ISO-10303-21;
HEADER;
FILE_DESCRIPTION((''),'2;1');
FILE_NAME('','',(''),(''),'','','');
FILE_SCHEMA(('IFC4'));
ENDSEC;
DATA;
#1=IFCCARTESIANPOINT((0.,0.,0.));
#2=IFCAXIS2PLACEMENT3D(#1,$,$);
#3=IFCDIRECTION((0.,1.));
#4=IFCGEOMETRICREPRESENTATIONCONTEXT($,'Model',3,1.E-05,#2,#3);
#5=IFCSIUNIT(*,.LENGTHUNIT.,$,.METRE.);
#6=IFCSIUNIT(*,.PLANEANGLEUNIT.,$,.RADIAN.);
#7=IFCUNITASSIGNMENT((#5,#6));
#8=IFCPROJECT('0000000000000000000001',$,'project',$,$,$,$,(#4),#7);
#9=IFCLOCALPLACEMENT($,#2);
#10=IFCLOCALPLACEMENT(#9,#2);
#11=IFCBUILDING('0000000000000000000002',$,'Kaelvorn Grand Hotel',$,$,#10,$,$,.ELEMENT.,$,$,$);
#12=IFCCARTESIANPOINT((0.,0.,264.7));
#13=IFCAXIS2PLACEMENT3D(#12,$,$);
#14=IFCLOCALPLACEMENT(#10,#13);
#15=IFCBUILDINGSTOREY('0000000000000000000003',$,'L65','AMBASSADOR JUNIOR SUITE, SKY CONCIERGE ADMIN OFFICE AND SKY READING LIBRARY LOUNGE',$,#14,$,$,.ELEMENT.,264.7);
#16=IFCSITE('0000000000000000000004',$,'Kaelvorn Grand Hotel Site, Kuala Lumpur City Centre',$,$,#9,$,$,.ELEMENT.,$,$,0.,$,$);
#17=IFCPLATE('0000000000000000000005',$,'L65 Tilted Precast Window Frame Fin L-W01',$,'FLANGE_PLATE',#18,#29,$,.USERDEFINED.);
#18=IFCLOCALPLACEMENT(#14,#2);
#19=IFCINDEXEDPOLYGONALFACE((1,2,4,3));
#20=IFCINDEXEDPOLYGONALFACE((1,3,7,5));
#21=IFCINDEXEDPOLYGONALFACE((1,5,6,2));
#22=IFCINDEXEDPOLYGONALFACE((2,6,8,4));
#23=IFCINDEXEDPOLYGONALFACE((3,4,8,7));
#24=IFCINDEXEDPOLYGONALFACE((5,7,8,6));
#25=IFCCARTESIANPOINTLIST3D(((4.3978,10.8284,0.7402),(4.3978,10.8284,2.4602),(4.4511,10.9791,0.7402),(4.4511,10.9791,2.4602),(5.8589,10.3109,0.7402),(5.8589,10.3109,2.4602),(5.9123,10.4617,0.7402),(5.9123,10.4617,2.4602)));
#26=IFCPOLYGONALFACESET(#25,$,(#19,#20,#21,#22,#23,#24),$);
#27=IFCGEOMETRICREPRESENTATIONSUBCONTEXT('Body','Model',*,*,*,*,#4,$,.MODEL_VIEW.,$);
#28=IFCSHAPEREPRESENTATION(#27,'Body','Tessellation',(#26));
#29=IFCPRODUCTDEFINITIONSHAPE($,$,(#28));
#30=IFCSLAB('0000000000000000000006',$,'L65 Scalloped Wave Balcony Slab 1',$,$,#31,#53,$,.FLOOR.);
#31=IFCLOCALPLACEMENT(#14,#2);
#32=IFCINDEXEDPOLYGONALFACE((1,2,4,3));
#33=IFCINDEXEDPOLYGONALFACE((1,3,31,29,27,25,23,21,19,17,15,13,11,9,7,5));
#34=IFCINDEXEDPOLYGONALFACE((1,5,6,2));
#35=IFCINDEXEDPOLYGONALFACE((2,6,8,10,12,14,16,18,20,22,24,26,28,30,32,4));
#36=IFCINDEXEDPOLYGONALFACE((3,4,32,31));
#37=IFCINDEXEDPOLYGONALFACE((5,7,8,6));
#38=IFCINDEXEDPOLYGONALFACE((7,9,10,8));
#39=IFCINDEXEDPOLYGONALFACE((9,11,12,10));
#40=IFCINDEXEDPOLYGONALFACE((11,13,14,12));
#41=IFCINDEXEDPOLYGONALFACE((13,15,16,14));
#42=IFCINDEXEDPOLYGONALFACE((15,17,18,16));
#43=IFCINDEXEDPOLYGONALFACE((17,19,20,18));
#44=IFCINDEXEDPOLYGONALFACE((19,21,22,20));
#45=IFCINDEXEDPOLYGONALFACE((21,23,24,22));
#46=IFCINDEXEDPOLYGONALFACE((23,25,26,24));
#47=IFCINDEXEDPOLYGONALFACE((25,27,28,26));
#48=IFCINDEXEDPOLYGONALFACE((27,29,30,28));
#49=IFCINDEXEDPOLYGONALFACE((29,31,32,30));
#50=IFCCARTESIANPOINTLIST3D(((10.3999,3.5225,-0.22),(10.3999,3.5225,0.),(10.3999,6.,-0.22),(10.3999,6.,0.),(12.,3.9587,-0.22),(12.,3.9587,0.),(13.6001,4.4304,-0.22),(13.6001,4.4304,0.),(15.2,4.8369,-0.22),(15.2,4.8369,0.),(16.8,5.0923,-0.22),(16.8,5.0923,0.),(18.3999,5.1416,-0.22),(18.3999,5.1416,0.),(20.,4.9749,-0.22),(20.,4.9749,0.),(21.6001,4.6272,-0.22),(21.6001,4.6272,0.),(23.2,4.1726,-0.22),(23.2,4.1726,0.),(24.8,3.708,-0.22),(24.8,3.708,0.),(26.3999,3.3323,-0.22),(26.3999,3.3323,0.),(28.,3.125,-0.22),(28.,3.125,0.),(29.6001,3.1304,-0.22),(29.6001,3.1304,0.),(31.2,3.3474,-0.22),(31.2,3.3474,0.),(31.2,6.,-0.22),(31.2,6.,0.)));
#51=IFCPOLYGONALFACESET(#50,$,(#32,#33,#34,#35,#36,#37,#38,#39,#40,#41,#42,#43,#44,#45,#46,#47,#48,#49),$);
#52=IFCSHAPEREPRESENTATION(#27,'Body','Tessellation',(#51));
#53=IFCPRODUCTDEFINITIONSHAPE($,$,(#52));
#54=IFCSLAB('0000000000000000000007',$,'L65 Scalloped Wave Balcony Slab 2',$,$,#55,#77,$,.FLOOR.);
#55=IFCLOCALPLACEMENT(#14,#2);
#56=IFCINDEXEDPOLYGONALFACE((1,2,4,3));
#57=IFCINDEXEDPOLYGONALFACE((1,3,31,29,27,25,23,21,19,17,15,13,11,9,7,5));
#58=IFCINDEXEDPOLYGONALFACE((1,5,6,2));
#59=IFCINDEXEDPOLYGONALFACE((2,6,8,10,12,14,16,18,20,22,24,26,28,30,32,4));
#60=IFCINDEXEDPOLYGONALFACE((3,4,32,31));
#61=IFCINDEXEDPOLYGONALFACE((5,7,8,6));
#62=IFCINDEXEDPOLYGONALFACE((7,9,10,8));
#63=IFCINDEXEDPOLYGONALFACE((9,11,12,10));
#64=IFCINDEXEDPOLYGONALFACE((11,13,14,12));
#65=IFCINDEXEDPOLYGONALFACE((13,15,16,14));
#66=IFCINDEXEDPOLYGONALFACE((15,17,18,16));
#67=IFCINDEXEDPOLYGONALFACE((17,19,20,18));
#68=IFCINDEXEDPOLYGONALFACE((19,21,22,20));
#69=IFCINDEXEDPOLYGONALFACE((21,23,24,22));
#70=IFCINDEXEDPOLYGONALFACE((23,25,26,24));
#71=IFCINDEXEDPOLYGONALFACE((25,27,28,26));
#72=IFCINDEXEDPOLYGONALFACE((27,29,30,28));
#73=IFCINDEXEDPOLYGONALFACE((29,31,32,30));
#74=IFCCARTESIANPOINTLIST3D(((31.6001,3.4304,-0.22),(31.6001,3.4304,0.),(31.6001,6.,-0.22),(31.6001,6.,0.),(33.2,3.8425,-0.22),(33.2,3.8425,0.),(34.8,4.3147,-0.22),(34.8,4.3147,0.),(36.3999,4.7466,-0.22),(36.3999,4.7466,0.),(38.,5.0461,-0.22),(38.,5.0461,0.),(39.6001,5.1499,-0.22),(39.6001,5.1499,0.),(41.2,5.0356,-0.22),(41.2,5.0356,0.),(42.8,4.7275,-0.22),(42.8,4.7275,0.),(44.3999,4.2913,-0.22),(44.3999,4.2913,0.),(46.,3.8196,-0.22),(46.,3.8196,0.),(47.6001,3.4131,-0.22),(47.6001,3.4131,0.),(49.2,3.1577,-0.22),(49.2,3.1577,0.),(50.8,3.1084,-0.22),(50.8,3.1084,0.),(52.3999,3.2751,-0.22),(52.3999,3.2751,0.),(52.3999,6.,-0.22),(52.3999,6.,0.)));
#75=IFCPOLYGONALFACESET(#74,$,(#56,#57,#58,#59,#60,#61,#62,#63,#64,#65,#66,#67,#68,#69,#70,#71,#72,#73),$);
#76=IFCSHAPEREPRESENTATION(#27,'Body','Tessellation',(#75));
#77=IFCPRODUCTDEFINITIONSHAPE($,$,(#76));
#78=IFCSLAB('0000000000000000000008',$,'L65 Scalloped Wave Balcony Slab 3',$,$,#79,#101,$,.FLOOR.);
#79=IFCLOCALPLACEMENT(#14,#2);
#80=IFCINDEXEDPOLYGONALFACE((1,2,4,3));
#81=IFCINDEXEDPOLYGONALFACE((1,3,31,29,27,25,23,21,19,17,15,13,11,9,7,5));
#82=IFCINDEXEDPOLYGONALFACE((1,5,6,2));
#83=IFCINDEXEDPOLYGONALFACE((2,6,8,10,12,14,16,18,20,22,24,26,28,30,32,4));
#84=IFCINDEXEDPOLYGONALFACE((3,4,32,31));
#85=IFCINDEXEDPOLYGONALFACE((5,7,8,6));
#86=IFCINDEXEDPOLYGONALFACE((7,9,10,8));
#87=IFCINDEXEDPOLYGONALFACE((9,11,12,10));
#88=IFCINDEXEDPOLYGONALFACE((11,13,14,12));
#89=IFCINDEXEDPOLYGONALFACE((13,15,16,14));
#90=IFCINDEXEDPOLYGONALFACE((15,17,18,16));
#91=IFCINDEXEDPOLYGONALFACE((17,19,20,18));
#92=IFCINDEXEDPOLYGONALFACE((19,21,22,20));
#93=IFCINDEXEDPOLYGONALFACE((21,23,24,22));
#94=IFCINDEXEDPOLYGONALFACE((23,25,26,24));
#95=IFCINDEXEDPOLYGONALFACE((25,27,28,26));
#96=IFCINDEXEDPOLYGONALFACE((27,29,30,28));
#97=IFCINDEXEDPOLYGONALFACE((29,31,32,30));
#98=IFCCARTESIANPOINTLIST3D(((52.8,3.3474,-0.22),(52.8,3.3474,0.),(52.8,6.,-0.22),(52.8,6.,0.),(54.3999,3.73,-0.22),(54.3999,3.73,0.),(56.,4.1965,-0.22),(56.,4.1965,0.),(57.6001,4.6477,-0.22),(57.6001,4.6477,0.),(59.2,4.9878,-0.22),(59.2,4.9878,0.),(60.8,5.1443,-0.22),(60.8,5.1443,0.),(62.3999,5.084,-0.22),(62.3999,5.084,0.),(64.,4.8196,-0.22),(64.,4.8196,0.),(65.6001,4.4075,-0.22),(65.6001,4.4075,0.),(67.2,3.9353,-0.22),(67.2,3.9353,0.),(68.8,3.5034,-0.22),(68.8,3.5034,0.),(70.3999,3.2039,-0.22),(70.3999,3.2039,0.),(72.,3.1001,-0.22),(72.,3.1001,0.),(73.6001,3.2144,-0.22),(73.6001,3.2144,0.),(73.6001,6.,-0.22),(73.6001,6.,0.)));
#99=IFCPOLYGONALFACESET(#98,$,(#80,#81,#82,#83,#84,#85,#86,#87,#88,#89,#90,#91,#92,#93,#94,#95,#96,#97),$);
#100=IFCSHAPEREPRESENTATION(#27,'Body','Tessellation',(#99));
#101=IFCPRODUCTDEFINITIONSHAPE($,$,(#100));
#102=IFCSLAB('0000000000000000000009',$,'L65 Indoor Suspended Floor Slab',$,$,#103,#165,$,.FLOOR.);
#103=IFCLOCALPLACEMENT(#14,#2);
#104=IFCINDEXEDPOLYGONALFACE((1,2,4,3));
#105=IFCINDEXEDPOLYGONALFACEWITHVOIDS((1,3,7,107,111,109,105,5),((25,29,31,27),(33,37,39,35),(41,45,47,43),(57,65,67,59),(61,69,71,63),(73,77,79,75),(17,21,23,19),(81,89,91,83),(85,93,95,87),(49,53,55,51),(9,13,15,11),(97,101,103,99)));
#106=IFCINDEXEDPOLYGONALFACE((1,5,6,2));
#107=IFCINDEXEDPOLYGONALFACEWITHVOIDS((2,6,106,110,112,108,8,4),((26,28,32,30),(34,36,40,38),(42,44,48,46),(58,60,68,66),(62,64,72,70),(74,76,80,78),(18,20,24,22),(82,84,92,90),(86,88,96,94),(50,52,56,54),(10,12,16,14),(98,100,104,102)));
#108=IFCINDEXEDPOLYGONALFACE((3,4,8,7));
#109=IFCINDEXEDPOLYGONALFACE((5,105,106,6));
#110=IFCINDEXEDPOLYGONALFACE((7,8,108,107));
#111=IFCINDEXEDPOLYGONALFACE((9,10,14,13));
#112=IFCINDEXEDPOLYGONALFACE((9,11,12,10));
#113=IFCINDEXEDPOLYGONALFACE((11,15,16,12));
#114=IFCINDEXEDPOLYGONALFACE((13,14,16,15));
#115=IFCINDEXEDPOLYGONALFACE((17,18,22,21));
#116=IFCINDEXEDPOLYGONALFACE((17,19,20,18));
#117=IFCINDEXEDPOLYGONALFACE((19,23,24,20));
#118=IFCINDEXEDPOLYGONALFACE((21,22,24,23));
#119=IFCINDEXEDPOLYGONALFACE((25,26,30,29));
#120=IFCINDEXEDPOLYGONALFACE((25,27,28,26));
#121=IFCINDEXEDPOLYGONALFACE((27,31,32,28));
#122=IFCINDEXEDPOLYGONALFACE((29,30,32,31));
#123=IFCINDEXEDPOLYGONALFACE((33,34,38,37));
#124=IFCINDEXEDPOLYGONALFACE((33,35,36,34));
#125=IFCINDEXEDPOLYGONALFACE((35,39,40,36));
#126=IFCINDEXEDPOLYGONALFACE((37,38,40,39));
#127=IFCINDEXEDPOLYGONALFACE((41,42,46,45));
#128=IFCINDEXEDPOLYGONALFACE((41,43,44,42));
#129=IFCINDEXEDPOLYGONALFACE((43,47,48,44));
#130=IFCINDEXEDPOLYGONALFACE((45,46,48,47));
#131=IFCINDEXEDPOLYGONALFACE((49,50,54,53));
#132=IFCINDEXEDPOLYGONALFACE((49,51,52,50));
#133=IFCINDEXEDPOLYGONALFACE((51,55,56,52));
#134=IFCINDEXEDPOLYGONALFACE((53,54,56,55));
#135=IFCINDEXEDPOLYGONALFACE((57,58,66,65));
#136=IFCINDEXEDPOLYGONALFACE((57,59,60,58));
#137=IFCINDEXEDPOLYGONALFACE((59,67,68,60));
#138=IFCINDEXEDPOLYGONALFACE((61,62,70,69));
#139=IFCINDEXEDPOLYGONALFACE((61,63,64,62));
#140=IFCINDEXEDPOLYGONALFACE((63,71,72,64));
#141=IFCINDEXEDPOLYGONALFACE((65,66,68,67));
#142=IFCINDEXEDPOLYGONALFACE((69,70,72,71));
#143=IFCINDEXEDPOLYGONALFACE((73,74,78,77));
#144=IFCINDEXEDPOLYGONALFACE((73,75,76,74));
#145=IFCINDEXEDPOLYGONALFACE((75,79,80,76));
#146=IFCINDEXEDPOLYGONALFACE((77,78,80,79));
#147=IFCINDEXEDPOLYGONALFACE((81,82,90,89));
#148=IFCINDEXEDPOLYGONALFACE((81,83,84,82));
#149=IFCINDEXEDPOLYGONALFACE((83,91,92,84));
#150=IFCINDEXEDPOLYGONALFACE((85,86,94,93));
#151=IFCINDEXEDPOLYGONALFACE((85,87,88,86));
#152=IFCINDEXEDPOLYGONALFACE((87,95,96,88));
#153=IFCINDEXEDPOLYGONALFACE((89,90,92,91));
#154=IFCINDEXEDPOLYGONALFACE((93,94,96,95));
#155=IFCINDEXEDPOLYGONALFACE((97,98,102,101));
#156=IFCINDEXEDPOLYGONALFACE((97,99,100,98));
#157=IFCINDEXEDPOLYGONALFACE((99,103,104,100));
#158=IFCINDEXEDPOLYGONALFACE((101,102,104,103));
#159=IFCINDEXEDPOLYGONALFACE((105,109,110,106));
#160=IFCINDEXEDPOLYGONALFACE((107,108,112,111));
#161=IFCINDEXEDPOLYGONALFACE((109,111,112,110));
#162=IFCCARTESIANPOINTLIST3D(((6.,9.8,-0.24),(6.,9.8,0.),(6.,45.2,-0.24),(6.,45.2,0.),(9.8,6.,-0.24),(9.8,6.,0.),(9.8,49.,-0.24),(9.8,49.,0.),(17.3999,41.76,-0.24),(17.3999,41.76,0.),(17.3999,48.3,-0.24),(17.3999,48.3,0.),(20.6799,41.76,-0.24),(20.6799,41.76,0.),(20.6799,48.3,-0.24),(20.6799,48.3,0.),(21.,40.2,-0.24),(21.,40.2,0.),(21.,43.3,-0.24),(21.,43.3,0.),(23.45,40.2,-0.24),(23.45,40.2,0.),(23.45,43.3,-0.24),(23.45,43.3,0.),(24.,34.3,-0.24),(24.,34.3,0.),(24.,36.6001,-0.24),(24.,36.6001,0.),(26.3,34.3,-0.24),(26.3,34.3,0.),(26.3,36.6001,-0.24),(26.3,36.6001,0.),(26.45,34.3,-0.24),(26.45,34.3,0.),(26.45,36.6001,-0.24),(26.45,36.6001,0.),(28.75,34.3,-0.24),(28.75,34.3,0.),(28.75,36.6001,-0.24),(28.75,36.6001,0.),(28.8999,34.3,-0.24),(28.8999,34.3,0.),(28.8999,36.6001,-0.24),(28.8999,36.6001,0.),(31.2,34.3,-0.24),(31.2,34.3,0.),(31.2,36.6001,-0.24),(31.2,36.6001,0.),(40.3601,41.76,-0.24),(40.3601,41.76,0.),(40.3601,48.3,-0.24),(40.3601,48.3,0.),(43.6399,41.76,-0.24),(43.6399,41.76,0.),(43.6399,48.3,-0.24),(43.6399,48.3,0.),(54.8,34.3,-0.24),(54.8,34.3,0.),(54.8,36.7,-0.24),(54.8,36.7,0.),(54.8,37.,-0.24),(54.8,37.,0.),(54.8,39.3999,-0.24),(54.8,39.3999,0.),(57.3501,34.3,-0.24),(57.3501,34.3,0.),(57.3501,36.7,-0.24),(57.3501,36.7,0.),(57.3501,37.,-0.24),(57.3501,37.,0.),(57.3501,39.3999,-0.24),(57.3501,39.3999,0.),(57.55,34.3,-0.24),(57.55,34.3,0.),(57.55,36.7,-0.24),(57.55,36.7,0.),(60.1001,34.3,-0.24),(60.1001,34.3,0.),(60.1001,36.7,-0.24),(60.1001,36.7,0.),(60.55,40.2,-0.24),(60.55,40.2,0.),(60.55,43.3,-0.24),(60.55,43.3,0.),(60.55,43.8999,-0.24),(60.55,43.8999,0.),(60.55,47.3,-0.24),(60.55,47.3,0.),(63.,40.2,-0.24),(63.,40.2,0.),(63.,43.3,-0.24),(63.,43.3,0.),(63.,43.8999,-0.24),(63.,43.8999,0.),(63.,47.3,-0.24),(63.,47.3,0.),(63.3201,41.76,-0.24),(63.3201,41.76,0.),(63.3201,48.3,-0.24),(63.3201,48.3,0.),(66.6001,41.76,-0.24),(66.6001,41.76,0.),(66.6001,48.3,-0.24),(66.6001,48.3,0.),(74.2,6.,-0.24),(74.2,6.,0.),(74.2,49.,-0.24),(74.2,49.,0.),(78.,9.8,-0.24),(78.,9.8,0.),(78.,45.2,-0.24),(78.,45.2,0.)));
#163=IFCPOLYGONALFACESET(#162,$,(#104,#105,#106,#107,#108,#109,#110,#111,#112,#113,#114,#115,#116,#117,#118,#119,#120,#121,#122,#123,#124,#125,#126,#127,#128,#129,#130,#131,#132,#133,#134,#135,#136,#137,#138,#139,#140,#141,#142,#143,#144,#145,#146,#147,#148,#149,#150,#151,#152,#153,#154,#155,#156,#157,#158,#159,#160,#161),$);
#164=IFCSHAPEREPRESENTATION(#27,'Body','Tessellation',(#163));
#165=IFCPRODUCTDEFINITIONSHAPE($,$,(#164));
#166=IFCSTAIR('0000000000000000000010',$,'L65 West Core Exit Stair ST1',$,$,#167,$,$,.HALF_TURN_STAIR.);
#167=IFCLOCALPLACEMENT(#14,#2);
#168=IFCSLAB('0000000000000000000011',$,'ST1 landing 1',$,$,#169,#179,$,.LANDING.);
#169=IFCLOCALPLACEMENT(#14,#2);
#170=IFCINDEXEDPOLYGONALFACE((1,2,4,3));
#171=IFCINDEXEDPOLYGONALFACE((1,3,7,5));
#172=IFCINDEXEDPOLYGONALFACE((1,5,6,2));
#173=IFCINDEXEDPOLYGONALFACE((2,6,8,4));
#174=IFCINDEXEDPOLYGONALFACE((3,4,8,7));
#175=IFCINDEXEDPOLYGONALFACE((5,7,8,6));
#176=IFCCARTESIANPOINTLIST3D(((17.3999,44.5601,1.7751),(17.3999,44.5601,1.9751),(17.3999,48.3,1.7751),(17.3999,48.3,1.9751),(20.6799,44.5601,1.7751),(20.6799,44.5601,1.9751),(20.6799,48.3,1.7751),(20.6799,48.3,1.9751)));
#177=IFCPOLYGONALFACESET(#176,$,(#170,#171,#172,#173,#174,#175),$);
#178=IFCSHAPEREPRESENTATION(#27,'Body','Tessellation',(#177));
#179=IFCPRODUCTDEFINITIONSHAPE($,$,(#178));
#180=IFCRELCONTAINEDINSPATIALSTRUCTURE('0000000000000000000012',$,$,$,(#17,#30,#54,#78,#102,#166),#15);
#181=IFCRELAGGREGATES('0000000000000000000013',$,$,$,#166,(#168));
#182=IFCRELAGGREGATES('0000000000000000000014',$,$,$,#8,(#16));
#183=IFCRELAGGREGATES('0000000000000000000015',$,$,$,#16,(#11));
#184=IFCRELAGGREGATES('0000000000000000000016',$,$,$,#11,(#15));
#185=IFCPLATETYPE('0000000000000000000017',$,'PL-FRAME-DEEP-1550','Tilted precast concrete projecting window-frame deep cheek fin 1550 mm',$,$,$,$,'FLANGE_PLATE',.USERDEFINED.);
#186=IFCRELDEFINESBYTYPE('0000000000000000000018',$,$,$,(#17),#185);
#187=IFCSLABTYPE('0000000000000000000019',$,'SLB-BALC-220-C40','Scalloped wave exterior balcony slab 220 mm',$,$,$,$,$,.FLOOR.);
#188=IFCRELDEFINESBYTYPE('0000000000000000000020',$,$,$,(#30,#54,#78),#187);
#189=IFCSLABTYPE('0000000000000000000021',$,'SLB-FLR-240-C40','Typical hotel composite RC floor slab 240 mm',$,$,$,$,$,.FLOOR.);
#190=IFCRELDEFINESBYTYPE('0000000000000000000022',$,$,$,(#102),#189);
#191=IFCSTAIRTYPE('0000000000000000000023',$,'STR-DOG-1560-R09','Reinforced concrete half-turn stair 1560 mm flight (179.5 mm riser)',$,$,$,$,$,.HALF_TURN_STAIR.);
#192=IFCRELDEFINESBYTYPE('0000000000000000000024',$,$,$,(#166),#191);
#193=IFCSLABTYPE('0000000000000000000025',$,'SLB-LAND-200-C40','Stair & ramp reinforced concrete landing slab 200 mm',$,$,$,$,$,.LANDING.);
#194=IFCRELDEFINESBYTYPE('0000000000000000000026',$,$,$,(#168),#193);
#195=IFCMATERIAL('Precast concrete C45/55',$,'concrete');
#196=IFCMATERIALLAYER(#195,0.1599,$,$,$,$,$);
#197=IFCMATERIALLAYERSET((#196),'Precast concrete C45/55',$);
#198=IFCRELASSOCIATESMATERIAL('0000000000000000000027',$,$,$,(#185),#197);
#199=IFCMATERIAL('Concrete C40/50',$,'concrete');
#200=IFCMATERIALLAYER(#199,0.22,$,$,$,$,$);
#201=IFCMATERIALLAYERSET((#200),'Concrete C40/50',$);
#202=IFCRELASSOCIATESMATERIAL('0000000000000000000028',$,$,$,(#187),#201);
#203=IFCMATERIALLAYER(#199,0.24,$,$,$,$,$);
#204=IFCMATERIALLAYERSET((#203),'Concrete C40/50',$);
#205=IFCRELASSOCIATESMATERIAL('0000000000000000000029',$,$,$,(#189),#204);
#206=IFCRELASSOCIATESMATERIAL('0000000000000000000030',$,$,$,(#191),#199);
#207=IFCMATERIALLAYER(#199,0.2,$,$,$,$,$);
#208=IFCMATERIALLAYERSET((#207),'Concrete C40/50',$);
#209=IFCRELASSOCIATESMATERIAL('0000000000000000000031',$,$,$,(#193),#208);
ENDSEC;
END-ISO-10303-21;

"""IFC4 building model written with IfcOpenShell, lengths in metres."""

from ifc_helpers import new_model, si_unit, direction, frame, origin, origin_2d, place, context, subcontext, project, spatial, polyline, rectangle, outline, extrude, material, layer, layer_set, type_object, element, aggregate, save


model = new_model("IFC4")

# Units and contexts
model_context = context("Model", 3, precision=1e-05, world=origin(), true_north=direction((0.0, 1.0)))
body_context = subcontext(model_context, "Body", "Model", "MODEL_VIEW")
ifc_project = project(units=[si_unit("LENGTHUNIT", "METRE"), si_unit("PLANEANGLEUNIT", "RADIAN")], contexts=[model_context])

# Site, building, storey
site_placement = place(None, origin())
site = spatial("IfcSite", under=ifc_project, at=site_placement, Name="Kaelvorn Grand Hotel Site, Kuala Lumpur City Centre", CompositionType="ELEMENT", RefElevation=0.0)
building_placement = place(site_placement, origin())
building = spatial("IfcBuilding", under=site, at=building_placement, Name="Kaelvorn Grand Hotel", CompositionType="ELEMENT")
storey_placement = place(building_placement, frame((0.0, 0.0, 264.7)))
storey = spatial("IfcBuildingStorey", under=building, at=storey_placement, Name="L65", Description="AMBASSADOR JUNIOR SUITE, SKY CONCIERGE ADMIN OFFICE AND SKY READING LIBRARY LOUNGE", CompositionType="ELEMENT", Elevation=264.7)

# Plate
ifc_material_1 = material(Name="Precast concrete C45/55", Category="concrete")
ifc_layer_1 = layer(ifc_material_1, 0.1599)
ifc_layer_set_1 = layer_set([ifc_layer_1], Name="Precast concrete C45/55")
plate_type = type_object("IfcPlateType", Name="PL-FRAME-DEEP-1550", Description="Tilted precast concrete projecting window-frame deep cheek fin 1550 mm", ElementType="FLANGE_PLATE", PredefinedType="USERDEFINED", material=ifc_layer_set_1)
plate_placement = place(storey_placement, frame((5.155, 10.645, 0.7402), z_axis=(0.0, 0.0, 1.0), x_axis=(0.333807, 0.942641, 0.0)))
element("IfcPlate", 1, at=plate_placement, inside=storey, type_object=plate_type, Name="L65 Tilted Precast Window Frame Fin L-W01", ObjectType="FLANGE_PLATE", PredefinedType="USERDEFINED", context=body_context, shape_type="SweptSolid", body=[
    extrude(rectangle(XDim=0.1599, YDim=1.55, at=origin_2d()), origin(), (0.0, 0.0, 1.0), 1.72),
])

# Slabs
ifc_material_2 = material(Name="Concrete C40/50", Category="concrete")
ifc_layer_2 = layer(ifc_material_2, 0.22)
ifc_layer_set_2 = layer_set([ifc_layer_2], Name="Concrete C40/50")
slab_type_1 = type_object("IfcSlabType", Name="SLB-BALC-220-C40", Description="Scalloped wave exterior balcony slab 220 mm", PredefinedType="FLOOR", material=ifc_layer_set_2)
slab_1_placement = place(storey_placement, frame((0.0, 0.0, -0.22)))
element("IfcSlab", 2, at=slab_1_placement, inside=storey, type_object=slab_type_1, Name="L65 Scalloped Wave Balcony Slab 1", PredefinedType="FLOOR", context=body_context, shape_type="SweptSolid", body=[
    extrude(outline(polyline([(10.3999, 3.5225), (12.0, 3.9587), (13.6001, 4.4304), (15.2, 4.8369), (16.8, 5.0923), (18.3999, 5.1416), (20.0, 4.9749), (21.6001, 4.6272), (23.2, 4.1726), (24.8, 3.708), (26.3999, 3.3323), (28.0, 3.125), (29.6001, 3.1304), (31.2, 3.3474), (31.2, 6.0), (10.3999, 6.0), (10.3999, 3.5225)])), origin(), (0.0, 0.0, 1.0), 0.22),
])
slab_2_placement = place(storey_placement, frame((0.0, 0.0, -0.22)))
element("IfcSlab", 3, at=slab_2_placement, inside=storey, type_object=slab_type_1, Name="L65 Scalloped Wave Balcony Slab 2", PredefinedType="FLOOR", context=body_context, shape_type="SweptSolid", body=[
    extrude(outline(polyline([(31.6001, 3.4304), (33.2, 3.8425), (34.8, 4.3147), (36.3999, 4.7466), (38.0, 5.0461), (39.6001, 5.1499), (41.2, 5.0356), (42.8, 4.7275), (44.3999, 4.2913), (46.0, 3.8196), (47.6001, 3.4131), (49.2, 3.1577), (50.8, 3.1084), (52.3999, 3.2751), (52.3999, 6.0), (31.6001, 6.0), (31.6001, 3.4304)])), origin(), (0.0, 0.0, 1.0), 0.22),
])
slab_3_placement = place(storey_placement, frame((0.0, 0.0, -0.22)))
element("IfcSlab", 4, at=slab_3_placement, inside=storey, type_object=slab_type_1, Name="L65 Scalloped Wave Balcony Slab 3", PredefinedType="FLOOR", context=body_context, shape_type="SweptSolid", body=[
    extrude(outline(polyline([(52.8, 3.3474), (54.3999, 3.73), (56.0, 4.1965), (57.6001, 4.6477), (59.2, 4.9878), (60.8, 5.1443), (62.3999, 5.084), (64.0, 4.8196), (65.6001, 4.4075), (67.2, 3.9353), (68.8, 3.5034), (70.3999, 3.2039), (72.0, 3.1001), (73.6001, 3.2144), (73.6001, 6.0), (52.8, 6.0), (52.8, 3.3474)])), origin(), (0.0, 0.0, 1.0), 0.22),
])
ifc_layer_3 = layer(ifc_material_2, 0.24)
ifc_layer_set_3 = layer_set([ifc_layer_3], Name="Concrete C40/50")
slab_type_2 = type_object("IfcSlabType", Name="SLB-FLR-240-C40", Description="Typical hotel composite RC floor slab 240 mm", PredefinedType="FLOOR", material=ifc_layer_set_3)
slab_4_placement = place(storey_placement, frame((0.0, 0.0, -0.24)))
element("IfcSlab", 5, at=slab_4_placement, inside=storey, type_object=slab_type_2, Name="L65 Indoor Suspended Floor Slab", PredefinedType="FLOOR", context=body_context, shape_type="SweptSolid", body=[
    extrude(outline(polyline([(9.8, 6.0), (74.2, 6.0), (78.0, 9.8), (78.0, 45.2), (74.2, 49.0), (9.8, 49.0), (6.0, 45.2), (6.0, 9.8), (9.8, 6.0)]), holes=[polyline([(17.3999, 41.76), (17.3999, 48.3), (20.6799, 48.3), (20.6799, 41.76), (17.3999, 41.76)]), polyline([(40.3601, 41.76), (40.3601, 48.3), (43.6399, 48.3), (43.6399, 41.76), (40.3601, 41.76)]), polyline([(63.3201, 41.76), (63.3201, 48.3), (66.6001, 48.3), (66.6001, 41.76), (63.3201, 41.76)]), polyline([(24.0, 34.3), (24.0, 36.6001), (26.3, 36.6001), (26.3, 34.3), (24.0, 34.3)]), polyline([(26.45, 34.3), (26.45, 36.6001), (28.75, 36.6001), (28.75, 34.3), (26.45, 34.3)]), polyline([(28.8999, 34.3), (28.8999, 36.6001), (31.2, 36.6001), (31.2, 34.3), (28.8999, 34.3)]), polyline([(54.8, 34.3), (54.8, 36.7), (57.3501, 36.7), (57.3501, 34.3), (54.8, 34.3)]), polyline([(57.55, 34.3), (57.55, 36.7), (60.1001, 36.7), (60.1001, 34.3), (57.55, 34.3)]), polyline([(54.8, 37.0), (54.8, 39.3999), (57.3501, 39.3999), (57.3501, 37.0), (54.8, 37.0)]), polyline([(21.0, 40.2), (21.0, 43.3), (23.45, 43.3), (23.45, 40.2), (21.0, 40.2)]), polyline([(60.55, 40.2), (60.55, 43.3), (63.0, 43.3), (63.0, 40.2), (60.55, 40.2)]), polyline([(60.55, 43.8999), (60.55, 47.3), (63.0, 47.3), (63.0, 43.8999), (60.55, 43.8999)])]), origin(), (0.0, 0.0, 1.0), 0.24),
])

# Stair, slab
stair_type = type_object("IfcStairType", Name="STR-DOG-1560-R09", Description="Reinforced concrete half-turn stair 1560 mm flight (179.5 mm riser)", PredefinedType="HALF_TURN_STAIR", material=ifc_material_2)
stair_1_placement = place(storey_placement, origin())
stair_1 = element("IfcStair", 6, at=stair_1_placement, inside=storey, type_object=stair_type, Name="L65 West Core Exit Stair ST1", PredefinedType="HALF_TURN_STAIR")
ifc_layer_4 = layer(ifc_material_2, 0.2)
ifc_layer_set_4 = layer_set([ifc_layer_4], Name="Concrete C40/50")
slab_type_3 = type_object("IfcSlabType", Name="SLB-LAND-200-C40", Description="Stair & ramp reinforced concrete landing slab 200 mm", PredefinedType="LANDING", material=ifc_layer_set_4)
slab_5_placement = place(storey_placement, frame((0.0, 0.0, 1.7751)))
slab_5 = element("IfcSlab", 7, at=slab_5_placement, type_object=slab_type_3, Name="ST1 landing 1", PredefinedType="LANDING", context=body_context, shape_type="SweptSolid", body=[
    extrude(outline(polyline([(20.6799, 44.5601), (20.6799, 48.3), (17.3999, 48.3), (17.3999, 44.5601), (20.6799, 44.5601)])), origin(), (0.0, 0.0, 1.0), 0.2),
])
aggregate(stair_1, [slab_5])

save(model, "model.ifc")
